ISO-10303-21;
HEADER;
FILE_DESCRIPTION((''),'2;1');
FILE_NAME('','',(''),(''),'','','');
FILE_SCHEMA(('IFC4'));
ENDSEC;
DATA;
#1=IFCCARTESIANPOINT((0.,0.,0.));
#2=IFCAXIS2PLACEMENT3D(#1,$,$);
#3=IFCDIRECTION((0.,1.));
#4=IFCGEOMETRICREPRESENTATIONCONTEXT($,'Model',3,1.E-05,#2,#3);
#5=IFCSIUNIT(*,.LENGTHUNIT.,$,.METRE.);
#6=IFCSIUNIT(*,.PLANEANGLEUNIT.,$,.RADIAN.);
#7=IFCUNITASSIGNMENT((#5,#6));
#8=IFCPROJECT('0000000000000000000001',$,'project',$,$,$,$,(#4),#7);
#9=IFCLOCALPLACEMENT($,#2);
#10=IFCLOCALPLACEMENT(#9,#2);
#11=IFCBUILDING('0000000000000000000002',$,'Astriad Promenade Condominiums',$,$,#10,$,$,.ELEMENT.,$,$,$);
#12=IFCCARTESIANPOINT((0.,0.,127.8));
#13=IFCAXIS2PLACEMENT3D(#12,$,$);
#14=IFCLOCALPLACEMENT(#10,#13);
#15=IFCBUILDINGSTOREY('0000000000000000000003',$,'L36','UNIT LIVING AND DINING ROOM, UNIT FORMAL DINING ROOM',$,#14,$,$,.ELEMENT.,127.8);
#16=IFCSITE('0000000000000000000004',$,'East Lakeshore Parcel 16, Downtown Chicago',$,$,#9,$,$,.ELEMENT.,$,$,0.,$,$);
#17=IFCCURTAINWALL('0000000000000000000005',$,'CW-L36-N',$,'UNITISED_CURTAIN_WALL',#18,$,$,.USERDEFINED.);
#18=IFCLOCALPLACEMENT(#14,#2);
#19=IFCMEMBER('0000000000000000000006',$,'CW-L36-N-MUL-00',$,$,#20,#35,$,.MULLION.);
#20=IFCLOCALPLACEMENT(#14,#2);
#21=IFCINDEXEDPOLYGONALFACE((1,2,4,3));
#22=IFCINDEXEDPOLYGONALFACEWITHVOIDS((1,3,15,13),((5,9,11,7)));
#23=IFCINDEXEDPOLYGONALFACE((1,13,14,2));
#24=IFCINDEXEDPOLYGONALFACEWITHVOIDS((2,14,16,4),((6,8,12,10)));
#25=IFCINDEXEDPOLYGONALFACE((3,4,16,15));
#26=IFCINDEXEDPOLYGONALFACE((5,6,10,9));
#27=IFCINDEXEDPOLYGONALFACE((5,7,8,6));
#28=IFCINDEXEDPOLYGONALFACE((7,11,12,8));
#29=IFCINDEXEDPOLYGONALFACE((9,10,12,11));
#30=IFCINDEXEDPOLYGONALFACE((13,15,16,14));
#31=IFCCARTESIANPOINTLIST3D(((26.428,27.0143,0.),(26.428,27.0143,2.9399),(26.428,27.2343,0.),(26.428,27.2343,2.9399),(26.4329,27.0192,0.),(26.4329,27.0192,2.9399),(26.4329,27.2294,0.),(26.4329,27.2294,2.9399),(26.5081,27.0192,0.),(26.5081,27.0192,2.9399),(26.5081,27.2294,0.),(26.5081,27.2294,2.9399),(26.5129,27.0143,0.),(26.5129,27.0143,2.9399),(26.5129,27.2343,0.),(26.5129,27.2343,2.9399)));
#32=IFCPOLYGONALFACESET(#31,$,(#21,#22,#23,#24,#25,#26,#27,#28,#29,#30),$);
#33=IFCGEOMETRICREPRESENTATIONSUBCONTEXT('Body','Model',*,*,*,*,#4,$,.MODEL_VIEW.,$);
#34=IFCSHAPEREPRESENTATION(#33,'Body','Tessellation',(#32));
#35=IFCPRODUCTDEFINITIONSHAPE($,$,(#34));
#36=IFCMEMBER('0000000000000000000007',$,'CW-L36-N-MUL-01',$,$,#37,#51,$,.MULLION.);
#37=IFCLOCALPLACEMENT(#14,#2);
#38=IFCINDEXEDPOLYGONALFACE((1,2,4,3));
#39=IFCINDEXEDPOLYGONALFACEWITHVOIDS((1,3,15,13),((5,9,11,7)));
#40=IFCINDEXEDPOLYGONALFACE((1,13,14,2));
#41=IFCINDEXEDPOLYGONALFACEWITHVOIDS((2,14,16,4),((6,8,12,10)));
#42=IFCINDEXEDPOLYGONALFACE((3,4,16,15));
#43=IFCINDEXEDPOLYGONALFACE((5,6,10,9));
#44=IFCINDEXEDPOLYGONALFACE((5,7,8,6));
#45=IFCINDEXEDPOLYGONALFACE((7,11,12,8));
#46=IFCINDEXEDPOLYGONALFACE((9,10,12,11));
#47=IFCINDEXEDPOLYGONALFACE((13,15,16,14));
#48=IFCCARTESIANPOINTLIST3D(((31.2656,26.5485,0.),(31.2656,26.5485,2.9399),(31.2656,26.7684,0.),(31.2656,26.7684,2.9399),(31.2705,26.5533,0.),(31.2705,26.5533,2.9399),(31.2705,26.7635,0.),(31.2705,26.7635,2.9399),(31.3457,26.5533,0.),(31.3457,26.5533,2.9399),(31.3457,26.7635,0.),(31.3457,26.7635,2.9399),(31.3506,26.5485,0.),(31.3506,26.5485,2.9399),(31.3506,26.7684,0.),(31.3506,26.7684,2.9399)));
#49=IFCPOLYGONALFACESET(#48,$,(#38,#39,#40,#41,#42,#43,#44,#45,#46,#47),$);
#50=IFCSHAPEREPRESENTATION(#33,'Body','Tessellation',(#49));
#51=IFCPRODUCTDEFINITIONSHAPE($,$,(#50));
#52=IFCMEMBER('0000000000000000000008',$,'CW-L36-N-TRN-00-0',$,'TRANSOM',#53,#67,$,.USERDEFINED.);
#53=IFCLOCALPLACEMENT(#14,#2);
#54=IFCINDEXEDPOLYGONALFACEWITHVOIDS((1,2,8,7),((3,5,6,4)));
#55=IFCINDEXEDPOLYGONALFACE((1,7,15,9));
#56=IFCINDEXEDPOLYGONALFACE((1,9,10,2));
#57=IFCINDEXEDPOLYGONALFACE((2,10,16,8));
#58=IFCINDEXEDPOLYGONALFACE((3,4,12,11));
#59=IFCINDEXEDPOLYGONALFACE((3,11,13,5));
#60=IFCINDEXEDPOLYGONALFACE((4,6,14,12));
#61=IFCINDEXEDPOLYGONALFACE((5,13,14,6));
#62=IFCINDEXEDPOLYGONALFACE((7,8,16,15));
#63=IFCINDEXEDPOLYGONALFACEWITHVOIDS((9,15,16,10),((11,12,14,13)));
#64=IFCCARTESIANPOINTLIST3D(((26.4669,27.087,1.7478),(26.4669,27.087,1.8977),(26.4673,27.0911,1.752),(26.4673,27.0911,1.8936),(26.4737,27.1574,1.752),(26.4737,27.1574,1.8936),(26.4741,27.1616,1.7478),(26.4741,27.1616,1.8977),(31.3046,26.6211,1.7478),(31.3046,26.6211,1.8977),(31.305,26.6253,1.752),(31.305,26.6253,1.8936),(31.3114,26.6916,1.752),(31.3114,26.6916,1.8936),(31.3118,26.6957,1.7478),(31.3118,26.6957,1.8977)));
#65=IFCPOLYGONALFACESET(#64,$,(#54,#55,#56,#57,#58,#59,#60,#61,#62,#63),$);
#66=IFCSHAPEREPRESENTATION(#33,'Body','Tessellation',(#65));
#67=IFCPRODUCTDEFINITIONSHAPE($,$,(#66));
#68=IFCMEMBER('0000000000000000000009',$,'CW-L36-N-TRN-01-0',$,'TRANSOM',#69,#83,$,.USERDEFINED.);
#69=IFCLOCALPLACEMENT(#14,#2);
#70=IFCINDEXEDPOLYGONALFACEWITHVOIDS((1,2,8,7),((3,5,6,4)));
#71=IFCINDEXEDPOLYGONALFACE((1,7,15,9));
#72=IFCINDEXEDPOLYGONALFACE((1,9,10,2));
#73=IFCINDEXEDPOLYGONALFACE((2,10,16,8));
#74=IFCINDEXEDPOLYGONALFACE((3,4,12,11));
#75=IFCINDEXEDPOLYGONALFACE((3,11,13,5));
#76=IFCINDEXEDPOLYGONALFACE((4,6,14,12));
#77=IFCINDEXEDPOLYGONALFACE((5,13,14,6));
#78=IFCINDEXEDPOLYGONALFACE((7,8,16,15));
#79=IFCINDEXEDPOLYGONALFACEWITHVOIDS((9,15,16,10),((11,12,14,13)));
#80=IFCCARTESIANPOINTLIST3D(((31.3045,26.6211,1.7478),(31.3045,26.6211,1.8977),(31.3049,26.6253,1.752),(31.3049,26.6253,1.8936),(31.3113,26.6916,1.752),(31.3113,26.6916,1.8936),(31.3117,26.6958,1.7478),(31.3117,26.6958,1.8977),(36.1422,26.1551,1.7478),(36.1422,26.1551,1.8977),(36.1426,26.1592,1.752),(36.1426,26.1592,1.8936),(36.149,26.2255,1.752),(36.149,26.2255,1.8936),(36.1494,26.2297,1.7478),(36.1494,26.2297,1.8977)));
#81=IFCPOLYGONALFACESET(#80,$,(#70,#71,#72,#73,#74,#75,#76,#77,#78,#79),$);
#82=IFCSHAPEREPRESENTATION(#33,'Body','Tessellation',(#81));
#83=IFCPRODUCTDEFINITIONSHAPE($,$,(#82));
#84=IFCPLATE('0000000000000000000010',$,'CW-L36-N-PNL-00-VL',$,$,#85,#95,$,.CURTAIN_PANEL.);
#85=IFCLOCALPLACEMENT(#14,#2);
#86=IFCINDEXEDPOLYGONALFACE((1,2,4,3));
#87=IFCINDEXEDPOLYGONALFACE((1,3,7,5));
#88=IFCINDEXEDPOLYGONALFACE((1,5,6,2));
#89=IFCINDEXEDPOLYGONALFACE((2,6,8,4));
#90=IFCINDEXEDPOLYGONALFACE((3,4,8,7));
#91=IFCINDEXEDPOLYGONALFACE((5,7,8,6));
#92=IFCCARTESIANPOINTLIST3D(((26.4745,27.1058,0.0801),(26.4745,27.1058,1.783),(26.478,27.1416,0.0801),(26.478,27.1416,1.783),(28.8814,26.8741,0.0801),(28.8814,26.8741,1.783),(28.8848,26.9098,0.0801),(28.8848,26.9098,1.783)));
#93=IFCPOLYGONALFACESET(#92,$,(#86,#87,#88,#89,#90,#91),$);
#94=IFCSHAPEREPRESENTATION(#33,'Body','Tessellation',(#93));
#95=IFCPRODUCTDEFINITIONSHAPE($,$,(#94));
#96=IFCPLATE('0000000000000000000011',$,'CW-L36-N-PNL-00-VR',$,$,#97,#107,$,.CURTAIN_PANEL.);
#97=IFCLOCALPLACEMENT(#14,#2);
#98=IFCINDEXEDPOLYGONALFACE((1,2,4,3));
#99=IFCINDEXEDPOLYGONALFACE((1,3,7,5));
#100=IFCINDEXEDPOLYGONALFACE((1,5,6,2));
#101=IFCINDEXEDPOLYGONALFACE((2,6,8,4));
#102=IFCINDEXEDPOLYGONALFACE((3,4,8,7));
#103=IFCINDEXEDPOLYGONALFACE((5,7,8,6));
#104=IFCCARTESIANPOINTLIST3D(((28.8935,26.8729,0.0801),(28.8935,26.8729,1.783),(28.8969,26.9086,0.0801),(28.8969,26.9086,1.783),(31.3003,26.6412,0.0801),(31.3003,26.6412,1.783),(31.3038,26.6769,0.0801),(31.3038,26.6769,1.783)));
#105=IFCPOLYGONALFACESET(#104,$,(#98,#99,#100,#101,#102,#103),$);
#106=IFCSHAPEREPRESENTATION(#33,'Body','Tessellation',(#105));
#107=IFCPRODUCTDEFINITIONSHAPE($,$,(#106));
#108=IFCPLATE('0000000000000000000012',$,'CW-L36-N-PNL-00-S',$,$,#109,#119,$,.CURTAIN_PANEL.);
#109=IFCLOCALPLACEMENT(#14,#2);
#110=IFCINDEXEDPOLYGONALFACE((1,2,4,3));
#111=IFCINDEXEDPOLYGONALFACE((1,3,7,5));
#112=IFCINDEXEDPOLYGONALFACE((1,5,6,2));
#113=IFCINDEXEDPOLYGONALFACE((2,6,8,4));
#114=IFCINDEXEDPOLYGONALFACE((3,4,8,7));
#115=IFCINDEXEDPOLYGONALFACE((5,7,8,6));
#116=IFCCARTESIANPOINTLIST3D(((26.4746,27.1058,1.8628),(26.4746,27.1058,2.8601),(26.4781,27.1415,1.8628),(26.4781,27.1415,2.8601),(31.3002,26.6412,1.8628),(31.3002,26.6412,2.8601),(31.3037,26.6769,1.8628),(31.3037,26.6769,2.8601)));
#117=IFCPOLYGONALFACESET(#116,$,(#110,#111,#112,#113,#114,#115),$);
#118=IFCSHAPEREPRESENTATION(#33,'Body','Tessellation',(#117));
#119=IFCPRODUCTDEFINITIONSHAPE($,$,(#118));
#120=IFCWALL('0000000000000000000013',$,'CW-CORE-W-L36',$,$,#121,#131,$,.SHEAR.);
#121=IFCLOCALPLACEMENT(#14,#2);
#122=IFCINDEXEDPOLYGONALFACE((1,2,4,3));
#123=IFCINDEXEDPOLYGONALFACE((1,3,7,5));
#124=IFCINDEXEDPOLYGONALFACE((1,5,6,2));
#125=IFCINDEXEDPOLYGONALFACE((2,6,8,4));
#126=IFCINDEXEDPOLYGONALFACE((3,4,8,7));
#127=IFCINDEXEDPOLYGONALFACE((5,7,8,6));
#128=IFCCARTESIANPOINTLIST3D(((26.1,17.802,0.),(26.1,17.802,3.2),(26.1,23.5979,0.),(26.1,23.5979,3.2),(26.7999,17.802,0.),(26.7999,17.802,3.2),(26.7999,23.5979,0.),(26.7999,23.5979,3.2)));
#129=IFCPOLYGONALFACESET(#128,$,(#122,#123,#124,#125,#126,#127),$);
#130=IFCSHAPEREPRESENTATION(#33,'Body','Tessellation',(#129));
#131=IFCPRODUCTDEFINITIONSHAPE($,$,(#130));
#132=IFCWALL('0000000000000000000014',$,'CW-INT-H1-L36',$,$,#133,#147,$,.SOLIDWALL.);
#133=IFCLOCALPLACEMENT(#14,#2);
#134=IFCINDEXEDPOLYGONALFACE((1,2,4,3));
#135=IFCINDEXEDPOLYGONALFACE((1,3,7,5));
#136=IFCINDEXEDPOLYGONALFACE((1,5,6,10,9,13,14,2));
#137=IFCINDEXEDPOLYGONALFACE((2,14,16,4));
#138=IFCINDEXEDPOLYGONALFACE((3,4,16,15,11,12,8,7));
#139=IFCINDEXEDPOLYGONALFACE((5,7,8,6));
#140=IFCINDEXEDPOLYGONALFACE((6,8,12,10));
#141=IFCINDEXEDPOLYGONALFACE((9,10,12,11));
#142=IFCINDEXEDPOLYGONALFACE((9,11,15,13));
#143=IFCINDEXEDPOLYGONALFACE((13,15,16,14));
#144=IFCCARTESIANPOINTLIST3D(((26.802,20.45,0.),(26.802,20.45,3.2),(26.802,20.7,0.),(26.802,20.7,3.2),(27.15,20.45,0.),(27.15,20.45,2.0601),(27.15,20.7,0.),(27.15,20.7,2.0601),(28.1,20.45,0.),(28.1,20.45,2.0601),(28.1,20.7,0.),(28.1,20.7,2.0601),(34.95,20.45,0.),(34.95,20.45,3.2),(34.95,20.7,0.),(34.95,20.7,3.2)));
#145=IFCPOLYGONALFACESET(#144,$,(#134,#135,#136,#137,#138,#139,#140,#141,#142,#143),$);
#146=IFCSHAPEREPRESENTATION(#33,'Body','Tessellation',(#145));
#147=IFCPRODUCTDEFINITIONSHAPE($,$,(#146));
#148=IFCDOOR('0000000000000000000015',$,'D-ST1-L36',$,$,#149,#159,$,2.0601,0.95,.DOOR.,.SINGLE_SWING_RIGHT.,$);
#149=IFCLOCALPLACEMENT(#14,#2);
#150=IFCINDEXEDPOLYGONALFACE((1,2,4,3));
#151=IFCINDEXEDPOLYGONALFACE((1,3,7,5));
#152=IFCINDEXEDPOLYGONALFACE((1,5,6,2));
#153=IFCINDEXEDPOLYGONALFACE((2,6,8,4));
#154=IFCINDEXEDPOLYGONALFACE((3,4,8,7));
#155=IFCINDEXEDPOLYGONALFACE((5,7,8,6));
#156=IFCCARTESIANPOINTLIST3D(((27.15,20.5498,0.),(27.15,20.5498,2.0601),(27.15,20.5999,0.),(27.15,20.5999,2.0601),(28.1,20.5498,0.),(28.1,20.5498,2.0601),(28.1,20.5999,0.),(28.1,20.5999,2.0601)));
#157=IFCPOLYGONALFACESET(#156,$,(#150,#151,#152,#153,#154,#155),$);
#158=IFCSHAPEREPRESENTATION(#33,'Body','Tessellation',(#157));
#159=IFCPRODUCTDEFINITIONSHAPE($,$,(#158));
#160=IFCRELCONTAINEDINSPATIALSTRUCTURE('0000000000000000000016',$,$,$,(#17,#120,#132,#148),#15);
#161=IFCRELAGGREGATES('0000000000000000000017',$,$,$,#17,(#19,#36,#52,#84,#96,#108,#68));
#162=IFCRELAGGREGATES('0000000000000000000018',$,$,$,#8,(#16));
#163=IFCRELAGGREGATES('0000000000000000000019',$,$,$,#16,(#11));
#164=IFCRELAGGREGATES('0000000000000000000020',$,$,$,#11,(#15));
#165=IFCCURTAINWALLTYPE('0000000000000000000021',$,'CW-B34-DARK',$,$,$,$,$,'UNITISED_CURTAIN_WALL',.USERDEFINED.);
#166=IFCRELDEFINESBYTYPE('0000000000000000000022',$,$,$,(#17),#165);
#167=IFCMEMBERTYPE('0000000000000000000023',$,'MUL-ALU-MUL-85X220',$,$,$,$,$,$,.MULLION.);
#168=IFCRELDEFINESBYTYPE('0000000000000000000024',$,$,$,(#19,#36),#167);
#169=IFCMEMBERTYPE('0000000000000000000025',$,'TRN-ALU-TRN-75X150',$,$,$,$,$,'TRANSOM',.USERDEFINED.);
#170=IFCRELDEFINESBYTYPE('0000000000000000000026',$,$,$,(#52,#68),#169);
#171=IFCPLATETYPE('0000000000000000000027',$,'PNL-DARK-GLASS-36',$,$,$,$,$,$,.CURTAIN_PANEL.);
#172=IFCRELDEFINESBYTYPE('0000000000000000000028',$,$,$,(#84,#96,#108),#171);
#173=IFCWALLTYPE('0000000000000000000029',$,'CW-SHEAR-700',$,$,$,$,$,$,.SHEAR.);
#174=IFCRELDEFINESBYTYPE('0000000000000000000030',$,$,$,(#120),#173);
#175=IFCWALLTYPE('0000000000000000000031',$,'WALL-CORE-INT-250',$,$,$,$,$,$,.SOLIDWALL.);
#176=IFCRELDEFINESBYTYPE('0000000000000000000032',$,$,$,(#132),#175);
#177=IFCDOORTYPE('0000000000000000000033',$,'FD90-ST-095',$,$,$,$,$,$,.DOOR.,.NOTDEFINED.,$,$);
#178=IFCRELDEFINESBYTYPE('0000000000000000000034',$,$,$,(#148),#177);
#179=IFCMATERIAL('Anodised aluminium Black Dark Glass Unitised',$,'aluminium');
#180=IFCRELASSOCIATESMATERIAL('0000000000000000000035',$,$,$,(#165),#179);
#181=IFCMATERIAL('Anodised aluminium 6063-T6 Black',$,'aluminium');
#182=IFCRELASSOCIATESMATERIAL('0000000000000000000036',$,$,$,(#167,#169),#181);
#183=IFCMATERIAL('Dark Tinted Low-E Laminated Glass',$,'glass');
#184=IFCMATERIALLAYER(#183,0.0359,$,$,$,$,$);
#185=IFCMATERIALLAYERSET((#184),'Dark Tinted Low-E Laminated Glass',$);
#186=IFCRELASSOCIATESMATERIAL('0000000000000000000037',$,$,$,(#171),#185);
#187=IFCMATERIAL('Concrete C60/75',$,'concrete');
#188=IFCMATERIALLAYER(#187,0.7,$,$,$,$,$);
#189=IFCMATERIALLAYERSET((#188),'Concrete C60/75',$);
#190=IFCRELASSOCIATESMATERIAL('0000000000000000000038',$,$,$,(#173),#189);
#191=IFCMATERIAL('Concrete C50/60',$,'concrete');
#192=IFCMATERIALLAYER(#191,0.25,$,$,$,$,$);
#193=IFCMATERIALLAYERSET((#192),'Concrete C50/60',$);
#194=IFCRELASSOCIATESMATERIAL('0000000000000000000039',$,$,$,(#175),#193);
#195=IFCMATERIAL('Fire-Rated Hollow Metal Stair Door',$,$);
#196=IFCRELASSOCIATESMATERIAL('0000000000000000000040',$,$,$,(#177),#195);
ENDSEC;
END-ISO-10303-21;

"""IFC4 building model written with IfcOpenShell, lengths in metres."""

from ifc_helpers import new_model, si_unit, direction, frame, frame_2d, origin, origin_2d, place, context, subcontext, project, spatial, rectangle, hollow_rectangle, extrude, source, transform, mapped, material, layer, layer_set, material_profile, profile_set, type_object, type_shapes, element, fill, aggregate, save


model = new_model("IFC4")

# Units and contexts
model_context = context("Model", 3, precision=1e-05, world=origin(), true_north=direction((0.0, 1.0)))
body_context = subcontext(model_context, "Body", "Model", "MODEL_VIEW")
ifc_project = project(units=[si_unit("LENGTHUNIT", "METRE"), si_unit("PLANEANGLEUNIT", "RADIAN")], contexts=[model_context])

# Site, building, storey
site_placement = place(None, origin())
site = spatial("IfcSite", under=ifc_project, at=site_placement, Name="East Lakeshore Parcel 16, Downtown Chicago", CompositionType="ELEMENT", RefElevation=0.0)
building_placement = place(site_placement, origin())
building = spatial("IfcBuilding", under=site, at=building_placement, Name="Astriad Promenade Condominiums", CompositionType="ELEMENT")
storey_placement = place(building_placement, frame((0.0, 0.0, 127.8)))
storey = spatial("IfcBuildingStorey", under=building, at=storey_placement, Name="L36", Description="UNIT LIVING AND DINING ROOM, UNIT FORMAL DINING ROOM", CompositionType="ELEMENT", Elevation=127.8)

# Curtain wall, members, plates
ifc_material_1 = material(Name="Anodised aluminium Black Dark Glass Unitised", Category="aluminium")
curtain_wall_type = type_object("IfcCurtainWallType", Name="CW-B34-DARK", ElementType="UNITISED_CURTAIN_WALL", PredefinedType="USERDEFINED", material=ifc_material_1)
curtain_wall_placement = place(storey_placement, origin())
curtain_wall = element("IfcCurtainWall", 1, at=curtain_wall_placement, inside=storey, type_object=curtain_wall_type, Name="CW-L36-N", ObjectType="UNITISED_CURTAIN_WALL", PredefinedType="USERDEFINED")
ifc_material_2 = material(Name="Anodised aluminium 6063-T6 Black", Category="aluminium")
ifc_material_profile_1 = material_profile(ifc_material_2, hollow_rectangle(XDim=0.085, YDim=0.22, WallThickness=0.0049, at=origin_2d()), Name="ALU-MUL-85X220")
ifc_profile_set_1 = profile_set([ifc_material_profile_1], Name="Anodised aluminium 6063-T6 Black")
member_type_1 = type_object("IfcMemberType", Name="MUL-ALU-MUL-85X220", PredefinedType="MULLION", material=ifc_profile_set_1)
shared_shape_1 = source(origin(), body_context, "Body", "SweptSolid", [
    extrude(hollow_rectangle(XDim=0.085, YDim=0.22, WallThickness=0.0049, at=origin_2d()), origin(), (0.0, 0.0, 1.0), 2.9399),
])
type_shapes(member_type_1, [shared_shape_1])
member_1_placement = place(storey_placement, frame((26.4705, 27.1243, 0.0), z_axis=(0.0, 0.0, 1.0), x_axis=(1.0, 0.0, 0.0)))
member_1 = element("IfcMember", 2, at=member_1_placement, type_object=member_type_1, Name="CW-L36-N-MUL-00", PredefinedType="MULLION", context=body_context, shape_type="MappedRepresentation", body=[
    mapped(shared_shape_1, transform((0.0, 0.0, 0.0), scale=1.0)),
])
member_2_placement = place(storey_placement, frame((31.3081, 26.6584, 0.0), z_axis=(0.0, 0.0, 1.0), x_axis=(1.0, 0.0, 0.0)))
member_2 = element("IfcMember", 3, at=member_2_placement, type_object=member_type_1, Name="CW-L36-N-MUL-01", PredefinedType="MULLION", context=body_context, shape_type="MappedRepresentation", body=[
    mapped(shared_shape_1, transform((0.0, 0.0, 0.0), scale=1.0)),
])
ifc_material_profile_2 = material_profile(ifc_material_2, hollow_rectangle(XDim=0.075, YDim=0.1499, WallThickness=0.0042, at=origin_2d()), Name="ALU-TRN-75X150")
ifc_profile_set_2 = profile_set([ifc_material_profile_2], Name="Anodised aluminium 6063-T6 Black")
member_type_2 = type_object("IfcMemberType", Name="TRN-ALU-TRN-75X150", ElementType="TRANSOM", PredefinedType="USERDEFINED", material=ifc_profile_set_2)
shared_shape_2 = source(origin(), body_context, "Body", "SweptSolid", [
    extrude(hollow_rectangle(XDim=0.075, YDim=0.1499, WallThickness=0.0042, at=origin_2d()), origin(), (0.0, 0.0, 1.0), 4.8601),
])
type_shapes(member_type_2, [shared_shape_2])
member_3_placement = place(storey_placement, frame((26.4705, 27.1243, 1.8228), z_axis=(0.995396, -0.095847, 0.0), x_axis=(0.095847, 0.995396, 0.0)))
member_3 = element("IfcMember", 4, at=member_3_placement, type_object=member_type_2, Name="CW-L36-N-TRN-00-0", ObjectType="TRANSOM", PredefinedType="USERDEFINED", context=body_context, shape_type="MappedRepresentation", body=[
    mapped(shared_shape_2, transform((0.0, 0.0, 0.0), scale=1.0)),
])
member_4_placement = place(storey_placement, frame((31.3081, 26.6584, 1.8228), z_axis=(0.995391, -0.095897, 0.0), x_axis=(0.095897, 0.995391, 0.0)))
member_4 = element("IfcMember", 5, at=member_4_placement, type_object=member_type_2, Name="CW-L36-N-TRN-01-0", ObjectType="TRANSOM", PredefinedType="USERDEFINED", context=body_context, shape_type="MappedRepresentation", body=[
    mapped(shared_shape_2, transform((0.0, 0.0, 0.0), scale=1.0)),
])
ifc_material_3 = material(Name="Dark Tinted Low-E Laminated Glass", Category="glass")
ifc_layer_1 = layer(ifc_material_3, 0.0359)
ifc_layer_set_1 = layer_set([ifc_layer_1], Name="Dark Tinted Low-E Laminated Glass")
plate_type = type_object("IfcPlateType", Name="PNL-DARK-GLASS-36", PredefinedType="CURTAIN_PANEL", material=ifc_layer_set_1)
shared_shape_3 = source(origin(), body_context, "Body", "SweptSolid", [
    extrude(rectangle(XDim=2.418, YDim=0.0359, at=origin_2d()), origin(), (0.0, 0.0, 1.0), 1.7029),
])
plate_1_placement = place(storey_placement, frame((27.6797, 27.0078, 0.0801), z_axis=(0.0, 0.0, 1.0), x_axis=(0.995396, -0.095846, 0.0)))
plate_1 = element("IfcPlate", 6, at=plate_1_placement, type_object=plate_type, Name="CW-L36-N-PNL-00-VL", PredefinedType="CURTAIN_PANEL", context=body_context, shape_type="MappedRepresentation", body=[
    mapped(shared_shape_3, transform((0.0, 0.0, 0.0), scale=1.0)),
])
plate_2_placement = place(storey_placement, frame((30.0986, 26.7749, 0.0801), z_axis=(0.0, 0.0, 1.0), x_axis=(0.995396, -0.095846, 0.0)))
plate_2 = element("IfcPlate", 7, at=plate_2_placement, type_object=plate_type, Name="CW-L36-N-PNL-00-VR", PredefinedType="CURTAIN_PANEL", context=body_context, shape_type="MappedRepresentation", body=[
    mapped(shared_shape_3, transform((0.0, 0.0, 0.0), scale=1.0)),
])
shared_shape_4 = source(origin(), body_context, "Body", "SweptSolid", [
    extrude(rectangle(XDim=4.8479, YDim=0.0359, at=origin_2d()), origin(), (0.0, 0.0, 1.0), 0.9973),
])
type_shapes(plate_type, [shared_shape_3, shared_shape_4])
plate_3_placement = place(storey_placement, frame((28.8892, 26.8914, 1.8628), z_axis=(0.0, 0.0, 1.0), x_axis=(0.995396, -0.095846, 0.0)))
plate_3 = element("IfcPlate", 8, at=plate_3_placement, type_object=plate_type, Name="CW-L36-N-PNL-00-S", PredefinedType="CURTAIN_PANEL", context=body_context, shape_type="MappedRepresentation", body=[
    mapped(shared_shape_4, transform((0.0, 0.0, 0.0), scale=1.0)),
])
aggregate(curtain_wall, [member_1, member_2, member_3, plate_1, plate_2, plate_3, member_4])

# Wall
ifc_material_4 = material(Name="Concrete C60/75", Category="concrete")
ifc_layer_2 = layer(ifc_material_4, 0.7)
ifc_layer_set_2 = layer_set([ifc_layer_2], Name="Concrete C60/75")
wall_type_1 = type_object("IfcWallType", Name="CW-SHEAR-700", PredefinedType="SHEAR", material=ifc_layer_set_2)
wall_1_placement = place(storey_placement, frame((26.45, 17.802, 0.0), z_axis=(0.0, 0.0, 1.0), x_axis=(0.0, 1.0, 0.0)))
element("IfcWall", 9, at=wall_1_placement, inside=storey, type_object=wall_type_1, Name="CW-CORE-W-L36", PredefinedType="SHEAR", context=body_context, shape_type="SweptSolid", body=[
    extrude(rectangle(XDim=5.7959, YDim=0.7, at=frame_2d((2.8979, 0.0))), origin(), (0.0, 0.0, 1.0), 3.2),
])

# Wall, opening, door
ifc_material_5 = material(Name="Concrete C50/60", Category="concrete")
ifc_layer_3 = layer(ifc_material_5, 0.25)
ifc_layer_set_3 = layer_set([ifc_layer_3], Name="Concrete C50/60")
wall_type_2 = type_object("IfcWallType", Name="WALL-CORE-INT-250", PredefinedType="SOLIDWALL", material=ifc_layer_set_3)
wall_2_placement = place(storey_placement, frame((26.802, 20.575, 0.0), z_axis=(0.0, 0.0, 1.0), x_axis=(1.0, 0.0, 0.0)))
wall_2 = element("IfcWall", 10, at=wall_2_placement, inside=storey, type_object=wall_type_2, Name="CW-INT-H1-L36", PredefinedType="SOLIDWALL", context=body_context, shape_type="SweptSolid", body=[
    extrude(rectangle(XDim=8.1479, YDim=0.25, at=frame_2d((4.074, 0.0))), origin(), (0.0, 0.0, 1.0), 3.2),
])
opening_placement = place(wall_2_placement, frame((0.3479, 0.0, 0.0)))
opening = element("IfcOpeningElement", 11, at=opening_placement, cuts=wall_2, PredefinedType="OPENING", context=body_context, shape_type="SweptSolid", body=[
    extrude(rectangle(XDim=0.95, YDim=2.0601, at=frame_2d((0.4751, 1.03))), frame((0.0, 0.135, 0.0), z_axis=(0.0, -1.0, 0.0), x_axis=(1.0, 0.0, 0.0)), (0.0, 0.0, 1.0), 0.27),
])
ifc_material_6 = material(Name="Fire-Rated Hollow Metal Stair Door")
door_type = type_object("IfcDoorType", Name="FD90-ST-095", OperationType="NOTDEFINED", PredefinedType="DOOR", material=ifc_material_6)
shared_shape_5 = source(origin(), body_context, "Body", "SweptSolid", [
    extrude(rectangle(XDim=0.95, YDim=2.0601, at=frame_2d((0.4751, 1.03))), frame((0.0, 0.0249, 0.0), z_axis=(0.0, -1.0, 0.0), x_axis=(1.0, 0.0, 0.0)), (0.0, 0.0, 1.0), 0.05),
])
type_shapes(door_type, [shared_shape_5])
door_placement = place(opening_placement, origin())
door = element("IfcDoor", 12, at=door_placement, inside=storey, type_object=door_type, Name="D-ST1-L36", OperationType="SINGLE_SWING_RIGHT", OverallHeight=2.0601, OverallWidth=0.95, PredefinedType="DOOR", context=body_context, shape_type="MappedRepresentation", body=[
    mapped(shared_shape_5, transform((0.0, 0.0, 0.0), scale=1.0)),
])
fill(opening, door)

save(model, "model.ifc")
